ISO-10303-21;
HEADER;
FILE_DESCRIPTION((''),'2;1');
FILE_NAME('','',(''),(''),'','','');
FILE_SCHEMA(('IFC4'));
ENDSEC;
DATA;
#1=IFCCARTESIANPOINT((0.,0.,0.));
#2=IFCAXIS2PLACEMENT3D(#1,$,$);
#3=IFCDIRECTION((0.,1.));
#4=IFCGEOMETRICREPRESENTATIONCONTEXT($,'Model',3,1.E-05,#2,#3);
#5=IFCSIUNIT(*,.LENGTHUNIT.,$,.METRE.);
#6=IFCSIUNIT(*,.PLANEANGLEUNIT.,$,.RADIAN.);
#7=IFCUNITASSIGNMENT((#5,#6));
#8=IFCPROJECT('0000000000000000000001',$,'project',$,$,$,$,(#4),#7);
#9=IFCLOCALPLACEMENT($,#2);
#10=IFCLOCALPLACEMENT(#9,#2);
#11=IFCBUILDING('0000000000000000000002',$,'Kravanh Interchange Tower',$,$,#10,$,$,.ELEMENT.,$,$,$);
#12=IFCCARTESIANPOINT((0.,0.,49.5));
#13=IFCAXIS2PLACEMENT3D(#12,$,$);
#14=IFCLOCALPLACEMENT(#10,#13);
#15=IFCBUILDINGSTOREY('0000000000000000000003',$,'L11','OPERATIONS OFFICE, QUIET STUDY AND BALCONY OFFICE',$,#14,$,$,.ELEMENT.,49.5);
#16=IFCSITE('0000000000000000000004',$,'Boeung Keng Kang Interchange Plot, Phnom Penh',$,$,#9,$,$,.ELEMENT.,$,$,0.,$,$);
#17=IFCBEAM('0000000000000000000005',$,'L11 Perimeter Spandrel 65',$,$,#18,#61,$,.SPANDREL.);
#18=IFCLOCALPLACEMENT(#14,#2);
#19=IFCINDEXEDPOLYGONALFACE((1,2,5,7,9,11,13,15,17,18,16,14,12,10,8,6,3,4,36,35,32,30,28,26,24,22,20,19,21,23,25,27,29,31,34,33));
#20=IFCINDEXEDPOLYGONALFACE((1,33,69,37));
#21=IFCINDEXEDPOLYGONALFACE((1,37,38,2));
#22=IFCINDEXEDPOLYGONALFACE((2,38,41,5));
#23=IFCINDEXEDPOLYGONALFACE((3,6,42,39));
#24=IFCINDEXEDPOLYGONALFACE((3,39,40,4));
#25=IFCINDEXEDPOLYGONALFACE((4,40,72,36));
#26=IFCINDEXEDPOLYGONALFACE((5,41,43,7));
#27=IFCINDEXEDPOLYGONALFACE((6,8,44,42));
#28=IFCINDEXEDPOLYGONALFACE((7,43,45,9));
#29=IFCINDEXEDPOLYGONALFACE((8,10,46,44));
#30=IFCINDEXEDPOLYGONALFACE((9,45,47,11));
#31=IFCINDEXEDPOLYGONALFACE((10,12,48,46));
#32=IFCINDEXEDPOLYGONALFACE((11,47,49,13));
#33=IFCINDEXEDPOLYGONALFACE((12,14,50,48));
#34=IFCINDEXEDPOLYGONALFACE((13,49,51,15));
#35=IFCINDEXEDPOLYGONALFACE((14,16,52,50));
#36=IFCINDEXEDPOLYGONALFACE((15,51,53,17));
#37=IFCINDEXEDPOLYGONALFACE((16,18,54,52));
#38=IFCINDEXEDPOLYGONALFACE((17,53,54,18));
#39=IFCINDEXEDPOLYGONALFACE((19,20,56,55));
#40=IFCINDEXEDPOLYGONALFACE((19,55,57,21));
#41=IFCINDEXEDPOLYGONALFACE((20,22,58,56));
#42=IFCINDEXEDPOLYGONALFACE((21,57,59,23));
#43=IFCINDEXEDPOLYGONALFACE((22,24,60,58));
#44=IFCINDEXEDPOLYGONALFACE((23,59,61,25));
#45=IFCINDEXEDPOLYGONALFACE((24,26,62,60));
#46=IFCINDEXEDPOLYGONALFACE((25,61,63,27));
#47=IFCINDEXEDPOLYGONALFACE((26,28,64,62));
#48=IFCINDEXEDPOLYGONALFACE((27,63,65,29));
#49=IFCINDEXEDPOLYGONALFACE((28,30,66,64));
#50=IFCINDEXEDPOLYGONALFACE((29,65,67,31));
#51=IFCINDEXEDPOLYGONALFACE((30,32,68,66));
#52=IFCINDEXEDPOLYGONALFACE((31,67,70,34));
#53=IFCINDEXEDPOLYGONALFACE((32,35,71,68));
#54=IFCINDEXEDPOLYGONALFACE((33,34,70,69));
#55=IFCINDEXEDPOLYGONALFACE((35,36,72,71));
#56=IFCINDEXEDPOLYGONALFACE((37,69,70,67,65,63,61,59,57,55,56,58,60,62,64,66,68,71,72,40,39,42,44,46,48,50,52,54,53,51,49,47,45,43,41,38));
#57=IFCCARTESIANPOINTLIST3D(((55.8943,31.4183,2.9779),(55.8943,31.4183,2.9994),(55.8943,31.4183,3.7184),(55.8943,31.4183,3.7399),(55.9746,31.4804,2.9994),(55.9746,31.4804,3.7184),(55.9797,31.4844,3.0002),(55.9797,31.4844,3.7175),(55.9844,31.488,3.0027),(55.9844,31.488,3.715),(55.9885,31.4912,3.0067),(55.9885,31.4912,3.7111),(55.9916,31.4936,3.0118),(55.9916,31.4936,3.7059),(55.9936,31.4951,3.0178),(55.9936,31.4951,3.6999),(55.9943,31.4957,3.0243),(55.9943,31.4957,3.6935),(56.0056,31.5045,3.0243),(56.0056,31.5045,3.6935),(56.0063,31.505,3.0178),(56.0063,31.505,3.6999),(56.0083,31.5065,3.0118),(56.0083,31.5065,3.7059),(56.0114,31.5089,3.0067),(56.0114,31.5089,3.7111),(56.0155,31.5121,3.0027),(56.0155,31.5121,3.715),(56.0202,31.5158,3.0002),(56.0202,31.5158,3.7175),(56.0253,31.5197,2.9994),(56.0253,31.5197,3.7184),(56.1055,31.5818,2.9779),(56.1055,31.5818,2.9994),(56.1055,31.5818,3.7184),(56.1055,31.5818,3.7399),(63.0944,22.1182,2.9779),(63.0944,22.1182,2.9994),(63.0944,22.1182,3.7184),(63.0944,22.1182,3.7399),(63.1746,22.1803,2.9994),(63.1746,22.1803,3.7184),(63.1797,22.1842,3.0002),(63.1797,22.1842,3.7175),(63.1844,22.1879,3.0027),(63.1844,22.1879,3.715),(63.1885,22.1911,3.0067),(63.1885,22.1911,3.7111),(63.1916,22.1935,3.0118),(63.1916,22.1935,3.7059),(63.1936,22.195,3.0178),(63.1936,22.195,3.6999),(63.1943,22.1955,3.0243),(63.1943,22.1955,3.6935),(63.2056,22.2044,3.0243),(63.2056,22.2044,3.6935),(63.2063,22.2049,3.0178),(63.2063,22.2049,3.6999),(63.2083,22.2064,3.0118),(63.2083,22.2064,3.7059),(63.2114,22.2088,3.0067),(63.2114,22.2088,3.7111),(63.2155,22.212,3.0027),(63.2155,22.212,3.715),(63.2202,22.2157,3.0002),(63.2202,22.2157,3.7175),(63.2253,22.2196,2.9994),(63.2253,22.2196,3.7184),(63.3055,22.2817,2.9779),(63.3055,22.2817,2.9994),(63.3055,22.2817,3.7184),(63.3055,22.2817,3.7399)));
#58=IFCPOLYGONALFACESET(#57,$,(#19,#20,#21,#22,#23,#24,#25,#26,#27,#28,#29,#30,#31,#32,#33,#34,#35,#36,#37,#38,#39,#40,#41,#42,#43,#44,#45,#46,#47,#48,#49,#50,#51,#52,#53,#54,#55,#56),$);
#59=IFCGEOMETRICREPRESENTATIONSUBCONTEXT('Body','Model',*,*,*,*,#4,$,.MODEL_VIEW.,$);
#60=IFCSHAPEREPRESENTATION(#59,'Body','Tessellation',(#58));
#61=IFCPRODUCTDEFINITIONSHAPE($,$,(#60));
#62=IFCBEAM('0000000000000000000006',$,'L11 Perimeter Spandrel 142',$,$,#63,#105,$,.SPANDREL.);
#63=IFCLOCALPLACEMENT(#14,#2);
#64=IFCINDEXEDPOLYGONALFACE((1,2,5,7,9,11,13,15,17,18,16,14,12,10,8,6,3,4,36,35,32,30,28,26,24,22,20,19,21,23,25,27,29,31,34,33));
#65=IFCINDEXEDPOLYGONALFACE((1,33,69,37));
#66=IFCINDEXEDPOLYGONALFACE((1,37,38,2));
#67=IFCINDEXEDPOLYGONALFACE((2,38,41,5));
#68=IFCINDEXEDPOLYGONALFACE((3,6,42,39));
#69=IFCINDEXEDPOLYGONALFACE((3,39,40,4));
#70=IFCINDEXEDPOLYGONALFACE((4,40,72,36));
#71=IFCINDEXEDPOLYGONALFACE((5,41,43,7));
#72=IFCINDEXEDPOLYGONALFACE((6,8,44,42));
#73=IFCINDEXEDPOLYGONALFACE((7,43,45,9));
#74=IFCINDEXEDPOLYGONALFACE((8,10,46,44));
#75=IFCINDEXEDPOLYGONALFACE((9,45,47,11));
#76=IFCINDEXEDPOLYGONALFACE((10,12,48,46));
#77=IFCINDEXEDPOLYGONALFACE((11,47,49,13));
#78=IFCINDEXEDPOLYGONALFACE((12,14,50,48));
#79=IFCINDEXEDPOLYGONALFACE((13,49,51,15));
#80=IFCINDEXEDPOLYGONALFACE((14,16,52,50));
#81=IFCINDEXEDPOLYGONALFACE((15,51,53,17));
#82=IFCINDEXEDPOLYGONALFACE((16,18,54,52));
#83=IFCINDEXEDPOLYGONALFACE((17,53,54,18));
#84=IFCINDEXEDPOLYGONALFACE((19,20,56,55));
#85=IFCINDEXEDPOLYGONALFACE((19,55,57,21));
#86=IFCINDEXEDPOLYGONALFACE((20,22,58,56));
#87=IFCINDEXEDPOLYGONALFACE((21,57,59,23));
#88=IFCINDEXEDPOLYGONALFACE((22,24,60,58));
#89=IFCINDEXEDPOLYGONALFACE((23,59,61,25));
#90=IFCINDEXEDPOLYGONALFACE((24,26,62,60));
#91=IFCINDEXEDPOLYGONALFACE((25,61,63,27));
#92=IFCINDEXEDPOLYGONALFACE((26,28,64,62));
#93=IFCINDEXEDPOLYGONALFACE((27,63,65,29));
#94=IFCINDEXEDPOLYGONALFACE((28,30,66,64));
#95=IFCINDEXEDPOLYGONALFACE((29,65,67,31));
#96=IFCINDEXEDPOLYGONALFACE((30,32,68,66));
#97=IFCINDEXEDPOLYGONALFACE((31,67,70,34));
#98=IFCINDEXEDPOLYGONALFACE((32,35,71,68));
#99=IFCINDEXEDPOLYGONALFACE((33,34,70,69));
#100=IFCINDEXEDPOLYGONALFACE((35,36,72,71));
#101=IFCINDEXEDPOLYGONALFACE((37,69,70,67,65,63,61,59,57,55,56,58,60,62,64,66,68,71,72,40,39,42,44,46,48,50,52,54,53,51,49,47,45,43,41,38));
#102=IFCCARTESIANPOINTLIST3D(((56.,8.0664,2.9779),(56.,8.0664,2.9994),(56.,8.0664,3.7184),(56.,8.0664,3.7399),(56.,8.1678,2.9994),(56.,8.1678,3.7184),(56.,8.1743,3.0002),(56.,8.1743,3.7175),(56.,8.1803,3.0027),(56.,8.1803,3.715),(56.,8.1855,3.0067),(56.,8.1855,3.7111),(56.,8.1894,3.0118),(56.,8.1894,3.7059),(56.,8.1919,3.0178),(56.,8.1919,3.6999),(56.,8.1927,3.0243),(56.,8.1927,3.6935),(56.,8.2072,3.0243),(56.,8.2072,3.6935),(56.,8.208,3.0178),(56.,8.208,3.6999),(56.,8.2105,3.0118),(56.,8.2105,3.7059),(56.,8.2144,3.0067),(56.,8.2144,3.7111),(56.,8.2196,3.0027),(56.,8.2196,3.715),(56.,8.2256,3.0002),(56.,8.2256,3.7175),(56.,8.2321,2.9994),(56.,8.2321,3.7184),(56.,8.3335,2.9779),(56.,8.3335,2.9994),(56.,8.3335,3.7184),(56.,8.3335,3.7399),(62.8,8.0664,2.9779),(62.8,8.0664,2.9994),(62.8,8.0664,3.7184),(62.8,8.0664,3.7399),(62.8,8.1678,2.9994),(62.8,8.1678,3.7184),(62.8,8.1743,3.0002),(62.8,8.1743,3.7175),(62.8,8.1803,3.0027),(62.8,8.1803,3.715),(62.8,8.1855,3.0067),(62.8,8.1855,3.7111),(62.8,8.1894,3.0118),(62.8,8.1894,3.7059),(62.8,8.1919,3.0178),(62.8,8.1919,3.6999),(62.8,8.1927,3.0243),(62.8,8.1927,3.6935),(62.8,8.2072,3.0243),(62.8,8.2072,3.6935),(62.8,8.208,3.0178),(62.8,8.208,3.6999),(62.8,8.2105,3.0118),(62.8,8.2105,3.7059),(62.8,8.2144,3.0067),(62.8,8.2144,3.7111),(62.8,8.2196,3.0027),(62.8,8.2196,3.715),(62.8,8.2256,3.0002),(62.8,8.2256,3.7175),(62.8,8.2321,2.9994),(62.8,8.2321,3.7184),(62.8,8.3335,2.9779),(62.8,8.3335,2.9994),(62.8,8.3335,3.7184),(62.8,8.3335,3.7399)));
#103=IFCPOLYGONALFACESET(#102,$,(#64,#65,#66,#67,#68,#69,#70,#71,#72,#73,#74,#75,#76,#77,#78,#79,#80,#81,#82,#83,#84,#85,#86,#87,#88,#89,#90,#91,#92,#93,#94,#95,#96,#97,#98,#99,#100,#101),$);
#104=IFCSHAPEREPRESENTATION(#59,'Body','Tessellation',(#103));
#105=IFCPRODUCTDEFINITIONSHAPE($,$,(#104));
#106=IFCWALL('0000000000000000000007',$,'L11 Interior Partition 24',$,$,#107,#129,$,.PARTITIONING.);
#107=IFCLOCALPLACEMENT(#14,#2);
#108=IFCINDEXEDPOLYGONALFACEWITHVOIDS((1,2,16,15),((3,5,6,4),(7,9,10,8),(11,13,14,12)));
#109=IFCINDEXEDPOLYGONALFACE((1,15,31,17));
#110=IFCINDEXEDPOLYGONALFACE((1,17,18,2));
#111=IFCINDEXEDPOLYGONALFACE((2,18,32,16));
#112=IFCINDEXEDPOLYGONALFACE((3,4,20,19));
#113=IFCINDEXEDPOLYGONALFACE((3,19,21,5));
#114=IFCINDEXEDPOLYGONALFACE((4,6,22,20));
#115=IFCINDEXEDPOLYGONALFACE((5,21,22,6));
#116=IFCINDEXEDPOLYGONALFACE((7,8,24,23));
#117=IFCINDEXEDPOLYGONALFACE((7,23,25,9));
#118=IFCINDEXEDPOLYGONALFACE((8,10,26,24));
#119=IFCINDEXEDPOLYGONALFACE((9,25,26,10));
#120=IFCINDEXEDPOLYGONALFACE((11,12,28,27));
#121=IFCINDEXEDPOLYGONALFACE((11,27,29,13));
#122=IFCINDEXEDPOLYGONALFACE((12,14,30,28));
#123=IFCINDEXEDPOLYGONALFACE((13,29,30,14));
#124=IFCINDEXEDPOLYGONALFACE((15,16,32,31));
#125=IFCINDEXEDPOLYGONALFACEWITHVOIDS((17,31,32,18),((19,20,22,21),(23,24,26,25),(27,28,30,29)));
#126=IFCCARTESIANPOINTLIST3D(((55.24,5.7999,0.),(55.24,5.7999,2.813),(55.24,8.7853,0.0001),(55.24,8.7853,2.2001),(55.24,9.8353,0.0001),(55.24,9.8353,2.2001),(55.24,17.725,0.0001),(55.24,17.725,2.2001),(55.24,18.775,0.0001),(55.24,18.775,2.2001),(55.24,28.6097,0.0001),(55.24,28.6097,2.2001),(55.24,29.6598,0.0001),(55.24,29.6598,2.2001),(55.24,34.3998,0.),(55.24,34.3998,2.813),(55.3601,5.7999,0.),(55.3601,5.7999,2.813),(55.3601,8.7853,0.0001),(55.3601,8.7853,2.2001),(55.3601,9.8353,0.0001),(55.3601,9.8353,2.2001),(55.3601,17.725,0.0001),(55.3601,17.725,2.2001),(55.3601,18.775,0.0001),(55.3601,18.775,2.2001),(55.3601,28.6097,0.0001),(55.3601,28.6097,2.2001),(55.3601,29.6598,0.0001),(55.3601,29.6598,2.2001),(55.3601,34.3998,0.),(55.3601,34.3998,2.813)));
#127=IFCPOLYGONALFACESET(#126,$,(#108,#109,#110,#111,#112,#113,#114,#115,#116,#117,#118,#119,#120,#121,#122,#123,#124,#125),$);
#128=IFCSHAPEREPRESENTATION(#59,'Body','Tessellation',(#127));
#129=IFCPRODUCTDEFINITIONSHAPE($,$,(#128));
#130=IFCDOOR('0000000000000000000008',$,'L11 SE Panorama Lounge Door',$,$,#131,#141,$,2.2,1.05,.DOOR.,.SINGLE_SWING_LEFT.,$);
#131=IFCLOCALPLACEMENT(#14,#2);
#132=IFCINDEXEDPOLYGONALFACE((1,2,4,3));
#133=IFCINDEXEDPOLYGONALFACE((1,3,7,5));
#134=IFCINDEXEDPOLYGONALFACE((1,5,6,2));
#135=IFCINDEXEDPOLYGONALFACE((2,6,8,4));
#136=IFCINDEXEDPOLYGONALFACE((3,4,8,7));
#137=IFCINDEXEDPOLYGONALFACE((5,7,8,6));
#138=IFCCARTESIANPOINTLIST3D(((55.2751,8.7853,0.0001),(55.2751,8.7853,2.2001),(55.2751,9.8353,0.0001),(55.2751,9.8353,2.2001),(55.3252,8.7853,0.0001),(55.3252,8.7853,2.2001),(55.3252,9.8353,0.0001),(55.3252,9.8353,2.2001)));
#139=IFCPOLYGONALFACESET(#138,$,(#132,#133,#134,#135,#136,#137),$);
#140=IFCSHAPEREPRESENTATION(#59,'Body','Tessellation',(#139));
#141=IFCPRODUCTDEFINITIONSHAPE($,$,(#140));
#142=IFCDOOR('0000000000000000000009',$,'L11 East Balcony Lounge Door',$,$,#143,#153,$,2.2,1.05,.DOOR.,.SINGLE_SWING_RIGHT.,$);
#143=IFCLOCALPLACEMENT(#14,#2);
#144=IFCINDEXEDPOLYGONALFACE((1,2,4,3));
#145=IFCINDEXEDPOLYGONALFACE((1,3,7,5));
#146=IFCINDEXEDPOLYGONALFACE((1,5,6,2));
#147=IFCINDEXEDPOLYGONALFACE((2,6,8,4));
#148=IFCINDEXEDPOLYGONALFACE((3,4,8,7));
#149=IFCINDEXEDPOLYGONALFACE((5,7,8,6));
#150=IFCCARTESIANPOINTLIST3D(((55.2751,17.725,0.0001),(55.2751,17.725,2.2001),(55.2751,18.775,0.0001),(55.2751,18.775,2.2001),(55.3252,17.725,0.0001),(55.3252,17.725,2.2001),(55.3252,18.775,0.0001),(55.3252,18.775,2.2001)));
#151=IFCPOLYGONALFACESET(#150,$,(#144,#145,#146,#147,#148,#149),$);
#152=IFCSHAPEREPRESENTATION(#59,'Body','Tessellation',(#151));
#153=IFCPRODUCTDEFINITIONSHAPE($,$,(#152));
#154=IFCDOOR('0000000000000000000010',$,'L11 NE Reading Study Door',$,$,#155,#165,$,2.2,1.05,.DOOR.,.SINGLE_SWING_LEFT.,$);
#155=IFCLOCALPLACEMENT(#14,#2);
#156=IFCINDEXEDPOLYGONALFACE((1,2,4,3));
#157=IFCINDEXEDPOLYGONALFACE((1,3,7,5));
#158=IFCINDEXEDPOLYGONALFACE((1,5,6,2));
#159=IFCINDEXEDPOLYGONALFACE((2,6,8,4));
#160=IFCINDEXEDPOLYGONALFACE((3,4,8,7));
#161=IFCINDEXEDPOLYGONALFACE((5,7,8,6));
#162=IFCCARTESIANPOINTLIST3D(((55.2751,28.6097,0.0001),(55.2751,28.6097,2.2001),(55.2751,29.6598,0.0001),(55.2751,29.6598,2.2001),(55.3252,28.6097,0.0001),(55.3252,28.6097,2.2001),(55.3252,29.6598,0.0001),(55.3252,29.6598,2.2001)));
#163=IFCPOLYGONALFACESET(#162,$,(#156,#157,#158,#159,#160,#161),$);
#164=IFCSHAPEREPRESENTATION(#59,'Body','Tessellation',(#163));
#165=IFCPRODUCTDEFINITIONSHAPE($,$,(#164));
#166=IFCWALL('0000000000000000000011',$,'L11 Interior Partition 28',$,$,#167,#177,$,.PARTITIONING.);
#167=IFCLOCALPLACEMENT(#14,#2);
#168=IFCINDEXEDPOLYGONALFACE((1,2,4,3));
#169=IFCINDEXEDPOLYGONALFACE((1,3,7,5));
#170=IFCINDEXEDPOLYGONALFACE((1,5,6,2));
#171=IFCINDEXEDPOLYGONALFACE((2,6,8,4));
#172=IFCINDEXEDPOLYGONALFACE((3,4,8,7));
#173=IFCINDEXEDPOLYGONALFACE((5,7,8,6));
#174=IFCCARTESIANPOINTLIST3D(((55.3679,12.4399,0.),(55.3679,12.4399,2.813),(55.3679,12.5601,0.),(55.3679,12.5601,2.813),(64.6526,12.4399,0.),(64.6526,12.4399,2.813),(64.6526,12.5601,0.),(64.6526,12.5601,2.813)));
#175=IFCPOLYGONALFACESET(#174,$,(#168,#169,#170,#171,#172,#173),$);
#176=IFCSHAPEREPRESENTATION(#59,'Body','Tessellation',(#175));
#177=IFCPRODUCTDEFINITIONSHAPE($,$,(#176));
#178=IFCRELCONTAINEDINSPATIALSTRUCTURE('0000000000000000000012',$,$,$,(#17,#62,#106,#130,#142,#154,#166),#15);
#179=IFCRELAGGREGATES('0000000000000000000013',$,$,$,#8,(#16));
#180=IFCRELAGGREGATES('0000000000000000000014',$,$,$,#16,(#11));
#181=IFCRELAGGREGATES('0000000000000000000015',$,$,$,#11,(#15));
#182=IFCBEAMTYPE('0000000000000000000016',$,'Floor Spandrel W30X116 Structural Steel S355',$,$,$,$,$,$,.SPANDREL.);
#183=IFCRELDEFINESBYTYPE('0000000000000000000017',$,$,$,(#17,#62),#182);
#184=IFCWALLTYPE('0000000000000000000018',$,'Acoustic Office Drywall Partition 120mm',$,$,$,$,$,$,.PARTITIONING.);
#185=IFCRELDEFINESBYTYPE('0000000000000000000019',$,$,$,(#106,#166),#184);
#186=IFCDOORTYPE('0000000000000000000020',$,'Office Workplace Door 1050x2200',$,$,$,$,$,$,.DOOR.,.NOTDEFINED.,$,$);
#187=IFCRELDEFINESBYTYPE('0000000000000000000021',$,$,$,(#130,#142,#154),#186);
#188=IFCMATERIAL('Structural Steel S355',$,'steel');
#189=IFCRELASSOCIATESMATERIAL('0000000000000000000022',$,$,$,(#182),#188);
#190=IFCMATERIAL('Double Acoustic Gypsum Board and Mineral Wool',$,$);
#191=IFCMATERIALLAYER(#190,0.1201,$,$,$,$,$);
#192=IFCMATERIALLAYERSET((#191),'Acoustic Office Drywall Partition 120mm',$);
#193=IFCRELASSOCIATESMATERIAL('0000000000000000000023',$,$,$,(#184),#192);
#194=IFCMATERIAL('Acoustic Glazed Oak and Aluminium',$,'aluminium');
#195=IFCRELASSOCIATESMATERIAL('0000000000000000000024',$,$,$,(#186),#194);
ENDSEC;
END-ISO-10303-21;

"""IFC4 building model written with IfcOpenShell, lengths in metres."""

from ifc_helpers import new_model, si_unit, direction, frame, frame_2d, origin, origin_2d, place, context, subcontext, project, spatial, rectangle, i_section, extrude, material, layer, layer_set, material_profile, profile_set, type_object, element, fill, save


model = new_model("IFC4")

# Units and contexts
model_context = context("Model", 3, precision=1e-05, world=origin(), true_north=direction((0.0, 1.0)))
body_context = subcontext(model_context, "Body", "Model", "MODEL_VIEW")
ifc_project = project(units=[si_unit("LENGTHUNIT", "METRE"), si_unit("PLANEANGLEUNIT", "RADIAN")], contexts=[model_context])

# Site, building, storey
site_placement = place(None, origin())
site = spatial("IfcSite", under=ifc_project, at=site_placement, Name="Boeung Keng Kang Interchange Plot, Phnom Penh", CompositionType="ELEMENT", RefElevation=0.0)
building_placement = place(site_placement, origin())
building = spatial("IfcBuilding", under=site, at=building_placement, Name="Kravanh Interchange Tower", CompositionType="ELEMENT")
storey_placement = place(building_placement, frame((0.0, 0.0, 49.5)))
storey = spatial("IfcBuildingStorey", under=building, at=storey_placement, Name="L11", Description="OPERATIONS OFFICE, QUIET STUDY AND BALCONY OFFICE", CompositionType="ELEMENT", Elevation=49.5)

# Beams
ifc_material_1 = material(Name="Structural Steel S355", Category="steel")
ifc_material_profile_1 = material_profile(ifc_material_1, i_section(OverallWidth=0.2671, OverallDepth=0.762, WebThickness=0.0144, FlangeThickness=0.0215, FilletRadius=0.0249, at=origin_2d()), Name="W30X116")
ifc_profile_set_1 = profile_set([ifc_material_profile_1], Name="Structural Steel S355")
beam_type_1 = type_object("IfcBeamType", Name="Floor Spandrel W30X116 Structural Steel S355", PredefinedType="SPANDREL", material=ifc_profile_set_1)
beam_1_placement = place(storey_placement, frame((63.2, 22.2, 3.3589), z_axis=(-0.612169, 0.790727, 0.0), x_axis=(-0.790727, -0.612169, 0.0)))
element("IfcBeam", 1, at=beam_1_placement, inside=storey, type_object=beam_type_1, Name="L11 Perimeter Spandrel 65", PredefinedType="SPANDREL", context=body_context, shape_type="SweptSolid", body=[
    extrude(i_section(OverallWidth=0.2671, OverallDepth=0.762, WebThickness=0.0144, FlangeThickness=0.0215, FilletRadius=0.0249, at=origin_2d()), origin(), (0.0, 0.0, 1.0), 11.7615),
])
beam_2_placement = place(storey_placement, frame((56.0, 8.2, 3.3589), z_axis=(1.0, 0.0, 0.0), x_axis=(0.0, 1.0, 0.0)))
element("IfcBeam", 2, at=beam_2_placement, inside=storey, type_object=beam_type_1, Name="L11 Perimeter Spandrel 142", PredefinedType="SPANDREL", context=body_context, shape_type="SweptSolid", body=[
    extrude(i_section(OverallWidth=0.2671, OverallDepth=0.762, WebThickness=0.0144, FlangeThickness=0.0215, FilletRadius=0.0249, at=origin_2d()), origin(), (0.0, 0.0, 1.0), 6.8),
])

# Wall, openings, doors
ifc_material_2 = material(Name="Double Acoustic Gypsum Board and Mineral Wool")
ifc_layer_1 = layer(ifc_material_2, 0.1201)
ifc_layer_set_1 = layer_set([ifc_layer_1], Name="Acoustic Office Drywall Partition 120mm")
wall_type = type_object("IfcWallType", Name="Acoustic Office Drywall Partition 120mm", PredefinedType="PARTITIONING", material=ifc_layer_set_1)
wall_1_placement = place(storey_placement, frame((55.3, 5.8, 0.0), z_axis=(0.0, 0.0, 1.0), x_axis=(0.0, 1.0, 0.0)))
wall_1 = element("IfcWall", 3, at=wall_1_placement, inside=storey, type_object=wall_type, Name="L11 Interior Partition 24", PredefinedType="PARTITIONING", context=body_context, shape_type="SweptSolid", body=[
    extrude(rectangle(XDim=28.5999, YDim=0.1201, at=frame_2d((14.2998, 0.0))), origin(), (0.0, 0.0, 1.0), 2.813),
])
opening_1_placement = place(wall_1_placement, frame((2.9854, 0.0, 0.0)))
opening_1 = element("IfcOpeningElement", 4, at=opening_1_placement, cuts=wall_1, PredefinedType="OPENING", context=body_context, shape_type="SweptSolid", body=[
    extrude(rectangle(XDim=1.05, YDim=2.2, at=frame_2d((0.5249, 1.1001))), frame((0.0, 0.0701, 0.0), z_axis=(0.0, -1.0, 0.0), x_axis=(1.0, 0.0, 0.0)), (0.0, 0.0, 1.0), 0.1401),
])
opening_2_placement = place(wall_1_placement, frame((11.925, 0.0, 0.0)))
opening_2 = element("IfcOpeningElement", 5, at=opening_2_placement, cuts=wall_1, PredefinedType="OPENING", context=body_context, shape_type="SweptSolid", body=[
    extrude(rectangle(XDim=1.05, YDim=2.2, at=frame_2d((0.5249, 1.1001))), frame((0.0, 0.0701, 0.0), z_axis=(0.0, -1.0, 0.0), x_axis=(1.0, 0.0, 0.0)), (0.0, 0.0, 1.0), 0.1401),
])
opening_3_placement = place(wall_1_placement, frame((22.8098, 0.0, 0.0)))
opening_3 = element("IfcOpeningElement", 6, at=opening_3_placement, cuts=wall_1, PredefinedType="OPENING", context=body_context, shape_type="SweptSolid", body=[
    extrude(rectangle(XDim=1.05, YDim=2.2, at=frame_2d((0.5249, 1.1001))), frame((0.0, 0.0701, 0.0), z_axis=(0.0, -1.0, 0.0), x_axis=(1.0, 0.0, 0.0)), (0.0, 0.0, 1.0), 0.1401),
])
ifc_material_3 = material(Name="Acoustic Glazed Oak and Aluminium", Category="aluminium")
door_type = type_object("IfcDoorType", Name="Office Workplace Door 1050x2200", OperationType="NOTDEFINED", PredefinedType="DOOR", material=ifc_material_3)
door_1_placement = place(opening_1_placement, origin())
door_1 = element("IfcDoor", 7, at=door_1_placement, inside=storey, type_object=door_type, Name="L11 SE Panorama Lounge Door", OperationType="SINGLE_SWING_LEFT", OverallHeight=2.2, OverallWidth=1.05, PredefinedType="DOOR", context=body_context, shape_type="SweptSolid", body=[
    extrude(rectangle(XDim=1.05, YDim=2.2, at=frame_2d((0.5249, 1.1001))), frame((0.0, 0.0249, 0.0), z_axis=(0.0, -1.0, 0.0), x_axis=(1.0, 0.0, 0.0)), (0.0, 0.0, 1.0), 0.05),
])
fill(opening_1, door_1)
door_2_placement = place(opening_2_placement, origin())
door_2 = element("IfcDoor", 8, at=door_2_placement, inside=storey, type_object=door_type, Name="L11 East Balcony Lounge Door", OperationType="SINGLE_SWING_RIGHT", OverallHeight=2.2, OverallWidth=1.05, PredefinedType="DOOR", context=body_context, shape_type="SweptSolid", body=[
    extrude(rectangle(XDim=1.05, YDim=2.2, at=frame_2d((0.5249, 1.1001))), frame((0.0, 0.0249, 0.0), z_axis=(0.0, -1.0, 0.0), x_axis=(1.0, 0.0, 0.0)), (0.0, 0.0, 1.0), 0.05),
])
fill(opening_2, door_2)
door_3_placement = place(opening_3_placement, origin())
door_3 = element("IfcDoor", 9, at=door_3_placement, inside=storey, type_object=door_type, Name="L11 NE Reading Study Door", OperationType="SINGLE_SWING_LEFT", OverallHeight=2.2, OverallWidth=1.05, PredefinedType="DOOR", context=body_context, shape_type="SweptSolid", body=[
    extrude(rectangle(XDim=1.05, YDim=2.2, at=frame_2d((0.5249, 1.1001))), frame((0.0, 0.0249, 0.0), z_axis=(0.0, -1.0, 0.0), x_axis=(1.0, 0.0, 0.0)), (0.0, 0.0, 1.0), 0.05),
])
fill(opening_3, door_3)

# Wall
wall_2_placement = place(storey_placement, frame((55.3679, 12.5, 0.0), z_axis=(0.0, 0.0, 1.0), x_axis=(1.0, 0.0, 0.0)))
element("IfcWall", 10, at=wall_2_placement, inside=storey, type_object=wall_type, Name="L11 Interior Partition 28", PredefinedType="PARTITIONING", context=body_context, shape_type="SweptSolid", body=[
    extrude(rectangle(XDim=9.2847, YDim=0.1201, at=frame_2d((4.6423, 0.0))), origin(), (0.0, 0.0, 1.0), 2.813),
])

save(model, "model.ifc")
